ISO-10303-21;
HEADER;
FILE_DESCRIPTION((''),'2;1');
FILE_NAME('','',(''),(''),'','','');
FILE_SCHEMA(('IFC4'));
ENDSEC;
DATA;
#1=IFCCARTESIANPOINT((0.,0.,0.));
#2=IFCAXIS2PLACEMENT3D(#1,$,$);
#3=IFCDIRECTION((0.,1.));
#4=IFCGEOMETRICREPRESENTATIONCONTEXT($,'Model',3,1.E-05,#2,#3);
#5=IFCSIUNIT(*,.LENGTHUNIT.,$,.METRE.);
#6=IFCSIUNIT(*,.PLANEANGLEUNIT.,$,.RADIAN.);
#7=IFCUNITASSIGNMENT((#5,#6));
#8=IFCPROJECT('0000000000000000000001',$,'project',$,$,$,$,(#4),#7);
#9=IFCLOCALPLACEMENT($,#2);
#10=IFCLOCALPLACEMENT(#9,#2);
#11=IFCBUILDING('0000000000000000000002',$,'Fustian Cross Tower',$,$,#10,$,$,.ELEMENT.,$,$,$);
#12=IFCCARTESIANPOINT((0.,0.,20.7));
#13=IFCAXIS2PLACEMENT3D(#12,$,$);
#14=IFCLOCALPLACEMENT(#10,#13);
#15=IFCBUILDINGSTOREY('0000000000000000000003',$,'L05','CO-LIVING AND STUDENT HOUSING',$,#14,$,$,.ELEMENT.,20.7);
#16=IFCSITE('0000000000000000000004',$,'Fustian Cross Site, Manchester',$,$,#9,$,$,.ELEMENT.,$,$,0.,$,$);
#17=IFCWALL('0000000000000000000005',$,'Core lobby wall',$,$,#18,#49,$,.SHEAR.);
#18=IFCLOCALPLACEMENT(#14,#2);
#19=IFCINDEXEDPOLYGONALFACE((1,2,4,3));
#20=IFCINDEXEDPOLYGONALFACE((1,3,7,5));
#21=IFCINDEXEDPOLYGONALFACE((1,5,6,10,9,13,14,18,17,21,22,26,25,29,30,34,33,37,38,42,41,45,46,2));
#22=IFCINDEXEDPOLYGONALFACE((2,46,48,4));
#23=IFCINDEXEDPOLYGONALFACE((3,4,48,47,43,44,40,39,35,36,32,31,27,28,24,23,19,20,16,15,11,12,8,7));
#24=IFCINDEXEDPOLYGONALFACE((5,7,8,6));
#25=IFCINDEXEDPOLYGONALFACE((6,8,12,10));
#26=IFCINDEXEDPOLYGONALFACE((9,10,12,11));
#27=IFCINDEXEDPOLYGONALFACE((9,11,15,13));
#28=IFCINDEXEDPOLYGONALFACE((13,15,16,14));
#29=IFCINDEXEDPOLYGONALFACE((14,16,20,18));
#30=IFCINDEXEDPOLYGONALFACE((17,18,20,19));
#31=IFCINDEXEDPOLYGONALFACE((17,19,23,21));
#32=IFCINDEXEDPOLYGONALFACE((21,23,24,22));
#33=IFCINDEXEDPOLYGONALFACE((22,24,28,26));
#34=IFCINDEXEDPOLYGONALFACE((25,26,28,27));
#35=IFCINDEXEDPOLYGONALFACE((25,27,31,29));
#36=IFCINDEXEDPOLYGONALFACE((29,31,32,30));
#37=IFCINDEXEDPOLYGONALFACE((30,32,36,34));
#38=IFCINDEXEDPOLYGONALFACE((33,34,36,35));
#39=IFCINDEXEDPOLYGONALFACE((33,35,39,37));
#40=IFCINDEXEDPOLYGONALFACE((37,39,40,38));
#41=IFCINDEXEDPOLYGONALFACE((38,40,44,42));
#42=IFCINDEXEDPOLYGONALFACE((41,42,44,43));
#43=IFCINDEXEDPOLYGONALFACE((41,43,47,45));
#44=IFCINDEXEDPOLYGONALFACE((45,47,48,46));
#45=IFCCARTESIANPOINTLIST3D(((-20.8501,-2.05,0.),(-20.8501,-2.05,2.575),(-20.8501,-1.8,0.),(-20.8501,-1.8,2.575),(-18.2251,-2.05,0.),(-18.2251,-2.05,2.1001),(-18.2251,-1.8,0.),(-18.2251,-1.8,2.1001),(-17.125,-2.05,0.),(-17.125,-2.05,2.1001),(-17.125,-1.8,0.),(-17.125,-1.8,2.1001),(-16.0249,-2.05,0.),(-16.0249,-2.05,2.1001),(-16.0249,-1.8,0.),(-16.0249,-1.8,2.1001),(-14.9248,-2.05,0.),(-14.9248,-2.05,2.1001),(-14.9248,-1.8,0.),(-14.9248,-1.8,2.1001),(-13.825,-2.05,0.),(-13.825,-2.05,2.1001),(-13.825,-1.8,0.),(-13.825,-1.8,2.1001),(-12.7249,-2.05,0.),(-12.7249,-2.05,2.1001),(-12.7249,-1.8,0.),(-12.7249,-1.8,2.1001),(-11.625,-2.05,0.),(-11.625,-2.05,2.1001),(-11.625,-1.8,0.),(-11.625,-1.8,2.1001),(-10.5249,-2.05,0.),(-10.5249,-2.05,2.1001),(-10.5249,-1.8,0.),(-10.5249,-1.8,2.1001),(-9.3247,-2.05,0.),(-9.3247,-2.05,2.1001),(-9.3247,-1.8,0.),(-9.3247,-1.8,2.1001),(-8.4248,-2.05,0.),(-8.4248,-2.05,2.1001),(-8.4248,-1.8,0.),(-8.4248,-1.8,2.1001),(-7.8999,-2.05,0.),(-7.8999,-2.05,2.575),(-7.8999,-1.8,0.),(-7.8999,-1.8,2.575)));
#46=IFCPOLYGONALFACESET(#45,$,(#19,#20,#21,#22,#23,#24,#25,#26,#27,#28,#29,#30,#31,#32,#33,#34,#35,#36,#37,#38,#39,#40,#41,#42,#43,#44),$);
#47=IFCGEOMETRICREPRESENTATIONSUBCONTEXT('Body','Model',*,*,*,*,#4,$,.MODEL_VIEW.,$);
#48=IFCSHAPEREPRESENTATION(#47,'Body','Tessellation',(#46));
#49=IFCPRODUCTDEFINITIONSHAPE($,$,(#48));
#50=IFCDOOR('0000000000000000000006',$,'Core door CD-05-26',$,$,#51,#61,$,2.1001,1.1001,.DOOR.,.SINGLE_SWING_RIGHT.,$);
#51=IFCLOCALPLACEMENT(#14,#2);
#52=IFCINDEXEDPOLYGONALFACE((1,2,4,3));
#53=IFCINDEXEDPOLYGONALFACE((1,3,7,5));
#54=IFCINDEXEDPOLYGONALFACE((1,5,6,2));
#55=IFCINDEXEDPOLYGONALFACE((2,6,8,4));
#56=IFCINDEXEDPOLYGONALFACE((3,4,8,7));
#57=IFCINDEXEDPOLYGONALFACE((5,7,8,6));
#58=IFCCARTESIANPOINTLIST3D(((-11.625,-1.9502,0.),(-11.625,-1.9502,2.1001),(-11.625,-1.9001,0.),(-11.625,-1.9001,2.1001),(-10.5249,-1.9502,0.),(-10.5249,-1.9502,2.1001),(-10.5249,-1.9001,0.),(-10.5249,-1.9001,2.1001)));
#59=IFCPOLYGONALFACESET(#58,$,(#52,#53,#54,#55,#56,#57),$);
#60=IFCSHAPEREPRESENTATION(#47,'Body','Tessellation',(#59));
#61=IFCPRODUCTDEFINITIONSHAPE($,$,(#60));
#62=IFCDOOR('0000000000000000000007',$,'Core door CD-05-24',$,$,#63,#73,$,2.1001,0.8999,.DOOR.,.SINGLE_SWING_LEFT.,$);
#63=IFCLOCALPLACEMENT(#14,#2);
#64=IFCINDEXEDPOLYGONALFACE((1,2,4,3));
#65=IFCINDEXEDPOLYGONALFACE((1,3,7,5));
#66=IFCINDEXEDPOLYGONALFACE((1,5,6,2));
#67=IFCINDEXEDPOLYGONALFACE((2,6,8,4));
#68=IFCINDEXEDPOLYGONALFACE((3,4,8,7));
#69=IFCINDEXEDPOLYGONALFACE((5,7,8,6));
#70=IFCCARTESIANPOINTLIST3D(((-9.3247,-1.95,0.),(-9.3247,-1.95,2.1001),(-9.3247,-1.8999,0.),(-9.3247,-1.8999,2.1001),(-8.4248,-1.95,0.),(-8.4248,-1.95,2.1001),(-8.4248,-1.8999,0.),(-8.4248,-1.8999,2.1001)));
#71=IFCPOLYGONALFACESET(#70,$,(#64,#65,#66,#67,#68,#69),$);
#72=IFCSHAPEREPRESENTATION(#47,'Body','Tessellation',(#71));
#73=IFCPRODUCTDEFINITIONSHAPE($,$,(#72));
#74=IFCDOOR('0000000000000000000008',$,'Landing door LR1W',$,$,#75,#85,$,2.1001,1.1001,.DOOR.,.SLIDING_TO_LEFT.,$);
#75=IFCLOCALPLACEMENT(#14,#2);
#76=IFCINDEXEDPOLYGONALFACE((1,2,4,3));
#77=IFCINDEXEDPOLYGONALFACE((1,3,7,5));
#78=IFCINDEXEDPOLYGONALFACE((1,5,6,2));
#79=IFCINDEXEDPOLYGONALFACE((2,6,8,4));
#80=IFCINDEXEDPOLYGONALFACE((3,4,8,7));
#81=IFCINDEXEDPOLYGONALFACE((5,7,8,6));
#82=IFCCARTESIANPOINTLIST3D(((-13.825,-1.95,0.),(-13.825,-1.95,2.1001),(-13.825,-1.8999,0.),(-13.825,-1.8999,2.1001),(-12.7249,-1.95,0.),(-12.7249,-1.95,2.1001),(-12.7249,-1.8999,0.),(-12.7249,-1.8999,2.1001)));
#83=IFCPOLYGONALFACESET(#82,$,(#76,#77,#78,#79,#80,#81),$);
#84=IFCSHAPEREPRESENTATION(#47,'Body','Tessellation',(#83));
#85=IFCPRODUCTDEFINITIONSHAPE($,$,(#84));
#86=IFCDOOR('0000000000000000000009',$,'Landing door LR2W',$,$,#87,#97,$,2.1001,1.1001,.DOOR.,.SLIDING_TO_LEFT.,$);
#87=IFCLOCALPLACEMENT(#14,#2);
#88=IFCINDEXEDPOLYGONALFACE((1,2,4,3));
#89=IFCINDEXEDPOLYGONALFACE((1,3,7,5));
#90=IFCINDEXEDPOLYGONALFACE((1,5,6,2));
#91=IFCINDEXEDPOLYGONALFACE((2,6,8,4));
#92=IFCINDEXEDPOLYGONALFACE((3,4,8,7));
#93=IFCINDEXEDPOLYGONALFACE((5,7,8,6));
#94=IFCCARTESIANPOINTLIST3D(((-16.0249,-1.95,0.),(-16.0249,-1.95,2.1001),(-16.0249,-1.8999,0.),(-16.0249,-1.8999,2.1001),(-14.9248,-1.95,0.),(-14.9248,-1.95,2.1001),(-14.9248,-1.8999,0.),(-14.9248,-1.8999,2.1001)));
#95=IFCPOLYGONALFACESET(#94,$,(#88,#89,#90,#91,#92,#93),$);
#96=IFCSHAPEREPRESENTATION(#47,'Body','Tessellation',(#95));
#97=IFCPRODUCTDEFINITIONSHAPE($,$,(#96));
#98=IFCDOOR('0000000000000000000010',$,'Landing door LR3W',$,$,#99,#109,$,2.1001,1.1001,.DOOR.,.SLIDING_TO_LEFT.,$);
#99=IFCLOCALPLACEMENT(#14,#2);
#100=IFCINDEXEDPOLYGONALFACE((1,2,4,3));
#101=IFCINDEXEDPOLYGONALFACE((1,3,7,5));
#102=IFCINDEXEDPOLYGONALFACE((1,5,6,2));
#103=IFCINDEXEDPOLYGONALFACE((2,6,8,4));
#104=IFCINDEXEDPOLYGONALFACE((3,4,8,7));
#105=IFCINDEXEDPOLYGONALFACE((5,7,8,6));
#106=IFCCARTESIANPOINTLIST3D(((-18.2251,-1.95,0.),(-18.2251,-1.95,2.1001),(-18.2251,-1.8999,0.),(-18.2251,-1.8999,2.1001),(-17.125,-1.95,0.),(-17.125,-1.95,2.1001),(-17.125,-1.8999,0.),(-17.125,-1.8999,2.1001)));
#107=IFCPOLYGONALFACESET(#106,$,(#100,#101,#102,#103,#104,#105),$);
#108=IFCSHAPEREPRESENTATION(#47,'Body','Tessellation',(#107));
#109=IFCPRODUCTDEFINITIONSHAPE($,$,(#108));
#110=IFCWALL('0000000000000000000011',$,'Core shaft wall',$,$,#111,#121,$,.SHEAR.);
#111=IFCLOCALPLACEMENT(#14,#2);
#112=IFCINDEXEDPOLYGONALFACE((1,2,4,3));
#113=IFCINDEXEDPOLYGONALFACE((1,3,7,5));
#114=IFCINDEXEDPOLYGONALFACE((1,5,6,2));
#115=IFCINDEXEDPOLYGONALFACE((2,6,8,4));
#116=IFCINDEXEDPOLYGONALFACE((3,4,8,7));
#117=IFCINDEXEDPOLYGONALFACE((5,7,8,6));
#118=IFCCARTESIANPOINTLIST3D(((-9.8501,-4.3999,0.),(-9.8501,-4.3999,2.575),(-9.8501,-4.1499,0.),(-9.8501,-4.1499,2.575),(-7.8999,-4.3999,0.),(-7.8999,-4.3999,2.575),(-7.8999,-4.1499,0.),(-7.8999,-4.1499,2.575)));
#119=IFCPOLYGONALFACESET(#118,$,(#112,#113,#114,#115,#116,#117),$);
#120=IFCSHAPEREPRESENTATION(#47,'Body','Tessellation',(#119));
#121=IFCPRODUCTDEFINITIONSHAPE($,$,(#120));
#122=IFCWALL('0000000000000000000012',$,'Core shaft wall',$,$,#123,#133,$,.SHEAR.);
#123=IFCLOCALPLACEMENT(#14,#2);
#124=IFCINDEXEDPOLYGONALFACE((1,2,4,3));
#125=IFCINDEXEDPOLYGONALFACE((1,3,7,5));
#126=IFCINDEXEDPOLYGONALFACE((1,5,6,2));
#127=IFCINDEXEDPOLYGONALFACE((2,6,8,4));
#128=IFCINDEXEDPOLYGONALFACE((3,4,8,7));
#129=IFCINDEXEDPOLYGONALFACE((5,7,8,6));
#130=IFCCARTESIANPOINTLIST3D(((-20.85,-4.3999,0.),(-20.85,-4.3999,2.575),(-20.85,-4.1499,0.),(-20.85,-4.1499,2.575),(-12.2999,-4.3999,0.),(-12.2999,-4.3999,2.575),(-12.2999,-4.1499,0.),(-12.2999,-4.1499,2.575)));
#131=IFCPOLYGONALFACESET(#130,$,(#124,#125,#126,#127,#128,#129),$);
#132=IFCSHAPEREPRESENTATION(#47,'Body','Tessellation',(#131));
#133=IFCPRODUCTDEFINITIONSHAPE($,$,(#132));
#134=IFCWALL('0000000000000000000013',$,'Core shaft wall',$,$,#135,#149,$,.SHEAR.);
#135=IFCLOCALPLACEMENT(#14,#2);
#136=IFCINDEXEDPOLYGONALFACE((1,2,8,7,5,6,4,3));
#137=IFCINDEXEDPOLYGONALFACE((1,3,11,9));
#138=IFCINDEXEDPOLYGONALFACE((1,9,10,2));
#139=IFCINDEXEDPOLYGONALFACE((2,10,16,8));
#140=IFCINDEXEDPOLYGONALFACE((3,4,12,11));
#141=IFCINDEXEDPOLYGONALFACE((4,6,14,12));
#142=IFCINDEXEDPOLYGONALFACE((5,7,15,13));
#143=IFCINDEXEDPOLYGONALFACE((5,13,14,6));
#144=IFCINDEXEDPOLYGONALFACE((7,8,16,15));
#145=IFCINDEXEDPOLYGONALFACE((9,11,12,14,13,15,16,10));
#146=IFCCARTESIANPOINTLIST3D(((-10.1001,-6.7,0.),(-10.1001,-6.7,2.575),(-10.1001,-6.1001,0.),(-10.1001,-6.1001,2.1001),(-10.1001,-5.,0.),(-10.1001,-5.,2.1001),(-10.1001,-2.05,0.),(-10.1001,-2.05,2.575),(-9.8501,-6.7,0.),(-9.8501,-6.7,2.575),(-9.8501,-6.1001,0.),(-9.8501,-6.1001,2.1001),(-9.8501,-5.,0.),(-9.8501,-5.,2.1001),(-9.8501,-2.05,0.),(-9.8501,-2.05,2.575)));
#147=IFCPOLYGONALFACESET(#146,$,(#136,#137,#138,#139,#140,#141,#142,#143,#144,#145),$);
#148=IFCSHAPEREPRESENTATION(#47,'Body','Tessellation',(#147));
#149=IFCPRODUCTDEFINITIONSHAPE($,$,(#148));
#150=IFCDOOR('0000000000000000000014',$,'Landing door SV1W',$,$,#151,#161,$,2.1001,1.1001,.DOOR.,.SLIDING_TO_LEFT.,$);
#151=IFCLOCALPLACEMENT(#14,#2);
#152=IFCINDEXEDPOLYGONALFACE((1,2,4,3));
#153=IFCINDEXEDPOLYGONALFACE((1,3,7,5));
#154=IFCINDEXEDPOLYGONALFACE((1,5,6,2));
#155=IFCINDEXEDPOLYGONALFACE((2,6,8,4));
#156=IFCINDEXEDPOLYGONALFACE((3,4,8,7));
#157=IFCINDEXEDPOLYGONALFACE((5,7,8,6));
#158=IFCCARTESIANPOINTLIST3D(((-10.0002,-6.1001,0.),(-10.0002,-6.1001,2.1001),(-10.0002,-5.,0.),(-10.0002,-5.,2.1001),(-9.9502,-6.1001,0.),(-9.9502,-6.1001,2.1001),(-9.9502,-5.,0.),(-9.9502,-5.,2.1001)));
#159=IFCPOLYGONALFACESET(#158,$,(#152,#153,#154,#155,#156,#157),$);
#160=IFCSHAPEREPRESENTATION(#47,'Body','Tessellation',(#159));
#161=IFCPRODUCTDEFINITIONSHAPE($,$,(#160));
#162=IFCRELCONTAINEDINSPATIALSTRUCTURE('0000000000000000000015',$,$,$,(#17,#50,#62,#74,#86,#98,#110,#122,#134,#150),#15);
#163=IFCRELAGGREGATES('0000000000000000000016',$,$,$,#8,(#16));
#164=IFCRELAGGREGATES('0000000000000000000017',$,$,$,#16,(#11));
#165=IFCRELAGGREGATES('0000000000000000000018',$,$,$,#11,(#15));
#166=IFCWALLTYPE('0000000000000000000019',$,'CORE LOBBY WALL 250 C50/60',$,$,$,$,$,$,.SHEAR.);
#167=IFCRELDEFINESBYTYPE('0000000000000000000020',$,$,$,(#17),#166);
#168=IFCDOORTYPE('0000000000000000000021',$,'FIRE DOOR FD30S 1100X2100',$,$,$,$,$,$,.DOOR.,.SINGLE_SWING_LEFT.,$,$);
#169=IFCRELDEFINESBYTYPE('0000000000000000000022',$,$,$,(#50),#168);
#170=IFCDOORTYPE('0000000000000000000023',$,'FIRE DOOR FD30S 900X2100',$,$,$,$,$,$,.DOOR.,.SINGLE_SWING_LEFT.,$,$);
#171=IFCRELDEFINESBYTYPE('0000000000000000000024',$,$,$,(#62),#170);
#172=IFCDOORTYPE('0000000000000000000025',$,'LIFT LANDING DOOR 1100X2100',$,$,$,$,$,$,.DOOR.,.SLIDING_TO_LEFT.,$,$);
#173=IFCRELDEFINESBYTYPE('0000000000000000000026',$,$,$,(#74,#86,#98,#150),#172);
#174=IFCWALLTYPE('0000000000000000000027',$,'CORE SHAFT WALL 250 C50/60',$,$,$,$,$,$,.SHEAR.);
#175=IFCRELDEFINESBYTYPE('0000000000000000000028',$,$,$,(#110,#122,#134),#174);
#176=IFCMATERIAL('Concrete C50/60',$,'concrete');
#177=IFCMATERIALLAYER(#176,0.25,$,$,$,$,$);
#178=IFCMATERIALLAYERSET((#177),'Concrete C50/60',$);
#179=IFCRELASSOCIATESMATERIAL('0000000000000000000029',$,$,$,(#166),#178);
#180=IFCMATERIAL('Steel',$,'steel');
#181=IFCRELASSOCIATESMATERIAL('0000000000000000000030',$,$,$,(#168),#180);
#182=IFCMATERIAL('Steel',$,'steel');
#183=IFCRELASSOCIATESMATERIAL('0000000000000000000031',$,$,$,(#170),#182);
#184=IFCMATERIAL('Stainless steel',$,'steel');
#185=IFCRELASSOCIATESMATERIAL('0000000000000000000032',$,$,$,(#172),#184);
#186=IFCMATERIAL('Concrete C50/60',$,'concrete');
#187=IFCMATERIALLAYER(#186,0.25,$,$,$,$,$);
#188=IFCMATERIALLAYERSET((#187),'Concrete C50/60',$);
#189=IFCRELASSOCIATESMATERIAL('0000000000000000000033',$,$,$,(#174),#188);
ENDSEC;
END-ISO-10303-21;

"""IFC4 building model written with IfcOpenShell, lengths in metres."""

from ifc_helpers import new_model, si_unit, direction, frame, frame_2d, origin, place, context, subcontext, project, spatial, rectangle, extrude, material, layer, layer_set, type_object, element, fill, save


model = new_model("IFC4")

# Units and contexts
model_context = context("Model", 3, precision=1e-05, world=origin(), true_north=direction((0.0, 1.0)))
body_context = subcontext(model_context, "Body", "Model", "MODEL_VIEW")
ifc_project = project(units=[si_unit("LENGTHUNIT", "METRE"), si_unit("PLANEANGLEUNIT", "RADIAN")], contexts=[model_context])

# Site, building, storey
site_placement = place(None, origin())
site = spatial("IfcSite", under=ifc_project, at=site_placement, Name="Fustian Cross Site, Manchester", CompositionType="ELEMENT", RefElevation=0.0)
building_placement = place(site_placement, origin())
building = spatial("IfcBuilding", under=site, at=building_placement, Name="Fustian Cross Tower", CompositionType="ELEMENT")
storey_placement = place(building_placement, frame((0.0, 0.0, 20.7)))
storey = spatial("IfcBuildingStorey", under=building, at=storey_placement, Name="L05", Description="CO-LIVING AND STUDENT HOUSING", CompositionType="ELEMENT", Elevation=20.7)

# Wall, openings, doors
ifc_material_1 = material(Name="Concrete C50/60", Category="concrete")
ifc_layer_1 = layer(ifc_material_1, 0.25)
ifc_layer_set_1 = layer_set([ifc_layer_1], Name="Concrete C50/60")
wall_type_1 = type_object("IfcWallType", Name="CORE LOBBY WALL 250 C50/60", PredefinedType="SHEAR", material=ifc_layer_set_1)
wall_1_placement = place(storey_placement, frame((-7.8999, -1.925, 0.0), z_axis=(0.0, 0.0, 1.0), x_axis=(-1.0, 0.0, 0.0)))
wall_1 = element("IfcWall", 1, at=wall_1_placement, inside=storey, type_object=wall_type_1, Name="Core lobby wall", PredefinedType="SHEAR", context=body_context, shape_type="SweptSolid", body=[
    extrude(rectangle(XDim=12.9502, YDim=0.25, at=frame_2d((6.4751, 0.0))), origin(), (0.0, 0.0, 1.0), 2.575),
])
opening_1_placement = place(wall_1_placement, frame((4.825, 0.0, 0.0)))
opening_1 = element("IfcOpeningElement", 2, at=opening_1_placement, cuts=wall_1, PredefinedType="OPENING", context=body_context, shape_type="SweptSolid", body=[
    extrude(rectangle(XDim=1.1001, YDim=2.1001, at=frame_2d((0.55, 1.05))), frame((0.0, 0.135, 0.0), z_axis=(0.0, -1.0, 0.0), x_axis=(1.0, 0.0, 0.0)), (0.0, 0.0, 1.0), 0.27),
])
opening_2_placement = place(wall_1_placement, frame((7.0249, 0.0, 0.0)))
opening_2 = element("IfcOpeningElement", 3, at=opening_2_placement, cuts=wall_1, PredefinedType="OPENING", context=body_context, shape_type="SweptSolid", body=[
    extrude(rectangle(XDim=1.1001, YDim=2.1001, at=frame_2d((0.55, 1.05))), frame((0.0, 0.135, 0.0), z_axis=(0.0, -1.0, 0.0), x_axis=(1.0, 0.0, 0.0)), (0.0, 0.0, 1.0), 0.27),
])
opening_3_placement = place(wall_1_placement, frame((9.2251, 0.0, 0.0)))
opening_3 = element("IfcOpeningElement", 4, at=opening_3_placement, cuts=wall_1, PredefinedType="OPENING", context=body_context, shape_type="SweptSolid", body=[
    extrude(rectangle(XDim=1.1001, YDim=2.1001, at=frame_2d((0.55, 1.05))), frame((0.0, 0.135, 0.0), z_axis=(0.0, -1.0, 0.0), x_axis=(1.0, 0.0, 0.0)), (0.0, 0.0, 1.0), 0.27),
])
opening_4_placement = place(wall_1_placement, frame((0.5249, 0.0, 0.0)))
opening_4 = element("IfcOpeningElement", 5, at=opening_4_placement, cuts=wall_1, PredefinedType="OPENING", context=body_context, shape_type="SweptSolid", body=[
    extrude(rectangle(XDim=0.8999, YDim=2.1001, at=frame_2d((0.45, 1.05))), frame((0.0, 0.135, 0.0), z_axis=(0.0, -1.0, 0.0), x_axis=(1.0, 0.0, 0.0)), (0.0, 0.0, 1.0), 0.27),
])
opening_5_placement = place(wall_1_placement, frame((2.625, 0.0, 0.0)))
opening_5 = element("IfcOpeningElement", 6, at=opening_5_placement, cuts=wall_1, PredefinedType="OPENING", context=body_context, shape_type="SweptSolid", body=[
    extrude(rectangle(XDim=1.1001, YDim=2.1001, at=frame_2d((0.55, 1.05))), frame((0.0, 0.135, 0.0), z_axis=(0.0, -1.0, 0.0), x_axis=(1.0, 0.0, 0.0)), (0.0, 0.0, 1.0), 0.27),
])
ifc_material_2 = material(Name="Steel", Category="steel")
door_type_1 = type_object("IfcDoorType", Name="FIRE DOOR FD30S 1100X2100", OperationType="SINGLE_SWING_LEFT", PredefinedType="DOOR", material=ifc_material_2)
door_1_placement = place(opening_5_placement, frame((1.1001, 0.0, 0.0), z_axis=(0.0, 0.0, 1.0), x_axis=(-1.0, 0.0, 0.0)))
door_1 = element("IfcDoor", 7, at=door_1_placement, inside=storey, type_object=door_type_1, Name="Core door CD-05-26", OperationType="SINGLE_SWING_RIGHT", OverallHeight=2.1001, OverallWidth=1.1001, PredefinedType="DOOR", context=body_context, shape_type="SweptSolid", body=[
    extrude(rectangle(XDim=1.1001, YDim=2.1001, at=frame_2d((0.55, 1.05))), frame((0.0, 0.0249, 0.0), z_axis=(0.0, -1.0, 0.0), x_axis=(1.0, 0.0, 0.0)), (0.0, 0.0, 1.0), 0.05),
])
fill(opening_5, door_1)
ifc_material_3 = material(Name="Steel", Category="steel")
door_type_2 = type_object("IfcDoorType", Name="FIRE DOOR FD30S 900X2100", OperationType="SINGLE_SWING_LEFT", PredefinedType="DOOR", material=ifc_material_3)
door_2_placement = place(opening_4_placement, origin())
door_2 = element("IfcDoor", 8, at=door_2_placement, inside=storey, type_object=door_type_2, Name="Core door CD-05-24", OperationType="SINGLE_SWING_LEFT", OverallHeight=2.1001, OverallWidth=0.8999, PredefinedType="DOOR", context=body_context, shape_type="SweptSolid", body=[
    extrude(rectangle(XDim=0.8999, YDim=2.1001, at=frame_2d((0.45, 1.05))), frame((0.0, 0.0249, 0.0), z_axis=(0.0, -1.0, 0.0), x_axis=(1.0, 0.0, 0.0)), (0.0, 0.0, 1.0), 0.05),
])
fill(opening_4, door_2)
ifc_material_4 = material(Name="Stainless steel", Category="steel")
door_type_3 = type_object("IfcDoorType", Name="LIFT LANDING DOOR 1100X2100", OperationType="SLIDING_TO_LEFT", PredefinedType="DOOR", material=ifc_material_4)
door_3_placement = place(opening_1_placement, origin())
door_3 = element("IfcDoor", 9, at=door_3_placement, inside=storey, type_object=door_type_3, Name="Landing door LR1W", OperationType="SLIDING_TO_LEFT", OverallHeight=2.1001, OverallWidth=1.1001, PredefinedType="DOOR", context=body_context, shape_type="SweptSolid", body=[
    extrude(rectangle(XDim=1.1001, YDim=2.1001, at=frame_2d((0.55, 1.05))), frame((0.0, 0.0249, 0.0), z_axis=(0.0, -1.0, 0.0), x_axis=(1.0, 0.0, 0.0)), (0.0, 0.0, 1.0), 0.05),
])
fill(opening_1, door_3)
door_4_placement = place(opening_2_placement, origin())
door_4 = element("IfcDoor", 10, at=door_4_placement, inside=storey, type_object=door_type_3, Name="Landing door LR2W", OperationType="SLIDING_TO_LEFT", OverallHeight=2.1001, OverallWidth=1.1001, PredefinedType="DOOR", context=body_context, shape_type="SweptSolid", body=[
    extrude(rectangle(XDim=1.1001, YDim=2.1001, at=frame_2d((0.55, 1.05))), frame((0.0, 0.0249, 0.0), z_axis=(0.0, -1.0, 0.0), x_axis=(1.0, 0.0, 0.0)), (0.0, 0.0, 1.0), 0.05),
])
fill(opening_2, door_4)
door_5_placement = place(opening_3_placement, origin())
door_5 = element("IfcDoor", 11, at=door_5_placement, inside=storey, type_object=door_type_3, Name="Landing door LR3W", OperationType="SLIDING_TO_LEFT", OverallHeight=2.1001, OverallWidth=1.1001, PredefinedType="DOOR", context=body_context, shape_type="SweptSolid", body=[
    extrude(rectangle(XDim=1.1001, YDim=2.1001, at=frame_2d((0.55, 1.05))), frame((0.0, 0.0249, 0.0), z_axis=(0.0, -1.0, 0.0), x_axis=(1.0, 0.0, 0.0)), (0.0, 0.0, 1.0), 0.05),
])
fill(opening_3, door_5)

# Walls
ifc_material_5 = material(Name="Concrete C50/60", Category="concrete")
ifc_layer_2 = layer(ifc_material_5, 0.25)
ifc_layer_set_2 = layer_set([ifc_layer_2], Name="Concrete C50/60")
wall_type_2 = type_object("IfcWallType", Name="CORE SHAFT WALL 250 C50/60", PredefinedType="SHEAR", material=ifc_layer_set_2)
wall_2_placement = place(storey_placement, frame((-7.8999, -4.2749, 0.0), z_axis=(0.0, 0.0, 1.0), x_axis=(-1.0, 0.0, 0.0)))
element("IfcWall", 12, at=wall_2_placement, inside=storey, type_object=wall_type_2, Name="Core shaft wall", PredefinedType="SHEAR", context=body_context, shape_type="SweptSolid", body=[
    extrude(rectangle(XDim=1.9502, YDim=0.25, at=frame_2d((0.9751, 0.0))), origin(), (0.0, 0.0, 1.0), 2.575),
])
wall_3_placement = place(storey_placement, frame((-12.3, -4.2749, 0.0), z_axis=(0.0, 0.0, 1.0), x_axis=(-1.0, 0.0, 0.0)))
element("IfcWall", 13, at=wall_3_placement, inside=storey, type_object=wall_type_2, Name="Core shaft wall", PredefinedType="SHEAR", context=body_context, shape_type="SweptSolid", body=[
    extrude(rectangle(XDim=8.55, YDim=0.25, at=frame_2d((4.2749, 0.0))), origin(), (0.0, 0.0, 1.0), 2.575),
])

# Wall, opening, door
wall_4_placement = place(storey_placement, frame((-9.9751, -2.05, 0.0), z_axis=(0.0, 0.0, 1.0), x_axis=(0.0, -1.0, 0.0)))
wall_4 = element("IfcWall", 14, at=wall_4_placement, inside=storey, type_object=wall_type_2, Name="Core shaft wall", PredefinedType="SHEAR", context=body_context, shape_type="SweptSolid", body=[
    extrude(rectangle(XDim=4.6499, YDim=0.25, at=frame_2d((2.325, 0.0))), origin(), (0.0, 0.0, 1.0), 2.575),
])
opening_6_placement = place(wall_4_placement, frame((2.95, 0.0, 0.0)))
opening_6 = element("IfcOpeningElement", 15, at=opening_6_placement, cuts=wall_4, PredefinedType="OPENING", context=body_context, shape_type="SweptSolid", body=[
    extrude(rectangle(XDim=1.1001, YDim=2.1001, at=frame_2d((0.55, 1.05))), frame((0.0, 0.135, 0.0), z_axis=(0.0, -1.0, 0.0), x_axis=(1.0, 0.0, 0.0)), (0.0, 0.0, 1.0), 0.27),
])
door_6_placement = place(opening_6_placement, origin())
door_6 = element("IfcDoor", 16, at=door_6_placement, inside=storey, type_object=door_type_3, Name="Landing door SV1W", OperationType="SLIDING_TO_LEFT", OverallHeight=2.1001, OverallWidth=1.1001, PredefinedType="DOOR", context=body_context, shape_type="SweptSolid", body=[
    extrude(rectangle(XDim=1.1001, YDim=2.1001, at=frame_2d((0.55, 1.05))), frame((0.0, 0.0249, 0.0), z_axis=(0.0, -1.0, 0.0), x_axis=(1.0, 0.0, 0.0)), (0.0, 0.0, 1.0), 0.05),
])
fill(opening_6, door_6)

save(model, "model.ifc")
